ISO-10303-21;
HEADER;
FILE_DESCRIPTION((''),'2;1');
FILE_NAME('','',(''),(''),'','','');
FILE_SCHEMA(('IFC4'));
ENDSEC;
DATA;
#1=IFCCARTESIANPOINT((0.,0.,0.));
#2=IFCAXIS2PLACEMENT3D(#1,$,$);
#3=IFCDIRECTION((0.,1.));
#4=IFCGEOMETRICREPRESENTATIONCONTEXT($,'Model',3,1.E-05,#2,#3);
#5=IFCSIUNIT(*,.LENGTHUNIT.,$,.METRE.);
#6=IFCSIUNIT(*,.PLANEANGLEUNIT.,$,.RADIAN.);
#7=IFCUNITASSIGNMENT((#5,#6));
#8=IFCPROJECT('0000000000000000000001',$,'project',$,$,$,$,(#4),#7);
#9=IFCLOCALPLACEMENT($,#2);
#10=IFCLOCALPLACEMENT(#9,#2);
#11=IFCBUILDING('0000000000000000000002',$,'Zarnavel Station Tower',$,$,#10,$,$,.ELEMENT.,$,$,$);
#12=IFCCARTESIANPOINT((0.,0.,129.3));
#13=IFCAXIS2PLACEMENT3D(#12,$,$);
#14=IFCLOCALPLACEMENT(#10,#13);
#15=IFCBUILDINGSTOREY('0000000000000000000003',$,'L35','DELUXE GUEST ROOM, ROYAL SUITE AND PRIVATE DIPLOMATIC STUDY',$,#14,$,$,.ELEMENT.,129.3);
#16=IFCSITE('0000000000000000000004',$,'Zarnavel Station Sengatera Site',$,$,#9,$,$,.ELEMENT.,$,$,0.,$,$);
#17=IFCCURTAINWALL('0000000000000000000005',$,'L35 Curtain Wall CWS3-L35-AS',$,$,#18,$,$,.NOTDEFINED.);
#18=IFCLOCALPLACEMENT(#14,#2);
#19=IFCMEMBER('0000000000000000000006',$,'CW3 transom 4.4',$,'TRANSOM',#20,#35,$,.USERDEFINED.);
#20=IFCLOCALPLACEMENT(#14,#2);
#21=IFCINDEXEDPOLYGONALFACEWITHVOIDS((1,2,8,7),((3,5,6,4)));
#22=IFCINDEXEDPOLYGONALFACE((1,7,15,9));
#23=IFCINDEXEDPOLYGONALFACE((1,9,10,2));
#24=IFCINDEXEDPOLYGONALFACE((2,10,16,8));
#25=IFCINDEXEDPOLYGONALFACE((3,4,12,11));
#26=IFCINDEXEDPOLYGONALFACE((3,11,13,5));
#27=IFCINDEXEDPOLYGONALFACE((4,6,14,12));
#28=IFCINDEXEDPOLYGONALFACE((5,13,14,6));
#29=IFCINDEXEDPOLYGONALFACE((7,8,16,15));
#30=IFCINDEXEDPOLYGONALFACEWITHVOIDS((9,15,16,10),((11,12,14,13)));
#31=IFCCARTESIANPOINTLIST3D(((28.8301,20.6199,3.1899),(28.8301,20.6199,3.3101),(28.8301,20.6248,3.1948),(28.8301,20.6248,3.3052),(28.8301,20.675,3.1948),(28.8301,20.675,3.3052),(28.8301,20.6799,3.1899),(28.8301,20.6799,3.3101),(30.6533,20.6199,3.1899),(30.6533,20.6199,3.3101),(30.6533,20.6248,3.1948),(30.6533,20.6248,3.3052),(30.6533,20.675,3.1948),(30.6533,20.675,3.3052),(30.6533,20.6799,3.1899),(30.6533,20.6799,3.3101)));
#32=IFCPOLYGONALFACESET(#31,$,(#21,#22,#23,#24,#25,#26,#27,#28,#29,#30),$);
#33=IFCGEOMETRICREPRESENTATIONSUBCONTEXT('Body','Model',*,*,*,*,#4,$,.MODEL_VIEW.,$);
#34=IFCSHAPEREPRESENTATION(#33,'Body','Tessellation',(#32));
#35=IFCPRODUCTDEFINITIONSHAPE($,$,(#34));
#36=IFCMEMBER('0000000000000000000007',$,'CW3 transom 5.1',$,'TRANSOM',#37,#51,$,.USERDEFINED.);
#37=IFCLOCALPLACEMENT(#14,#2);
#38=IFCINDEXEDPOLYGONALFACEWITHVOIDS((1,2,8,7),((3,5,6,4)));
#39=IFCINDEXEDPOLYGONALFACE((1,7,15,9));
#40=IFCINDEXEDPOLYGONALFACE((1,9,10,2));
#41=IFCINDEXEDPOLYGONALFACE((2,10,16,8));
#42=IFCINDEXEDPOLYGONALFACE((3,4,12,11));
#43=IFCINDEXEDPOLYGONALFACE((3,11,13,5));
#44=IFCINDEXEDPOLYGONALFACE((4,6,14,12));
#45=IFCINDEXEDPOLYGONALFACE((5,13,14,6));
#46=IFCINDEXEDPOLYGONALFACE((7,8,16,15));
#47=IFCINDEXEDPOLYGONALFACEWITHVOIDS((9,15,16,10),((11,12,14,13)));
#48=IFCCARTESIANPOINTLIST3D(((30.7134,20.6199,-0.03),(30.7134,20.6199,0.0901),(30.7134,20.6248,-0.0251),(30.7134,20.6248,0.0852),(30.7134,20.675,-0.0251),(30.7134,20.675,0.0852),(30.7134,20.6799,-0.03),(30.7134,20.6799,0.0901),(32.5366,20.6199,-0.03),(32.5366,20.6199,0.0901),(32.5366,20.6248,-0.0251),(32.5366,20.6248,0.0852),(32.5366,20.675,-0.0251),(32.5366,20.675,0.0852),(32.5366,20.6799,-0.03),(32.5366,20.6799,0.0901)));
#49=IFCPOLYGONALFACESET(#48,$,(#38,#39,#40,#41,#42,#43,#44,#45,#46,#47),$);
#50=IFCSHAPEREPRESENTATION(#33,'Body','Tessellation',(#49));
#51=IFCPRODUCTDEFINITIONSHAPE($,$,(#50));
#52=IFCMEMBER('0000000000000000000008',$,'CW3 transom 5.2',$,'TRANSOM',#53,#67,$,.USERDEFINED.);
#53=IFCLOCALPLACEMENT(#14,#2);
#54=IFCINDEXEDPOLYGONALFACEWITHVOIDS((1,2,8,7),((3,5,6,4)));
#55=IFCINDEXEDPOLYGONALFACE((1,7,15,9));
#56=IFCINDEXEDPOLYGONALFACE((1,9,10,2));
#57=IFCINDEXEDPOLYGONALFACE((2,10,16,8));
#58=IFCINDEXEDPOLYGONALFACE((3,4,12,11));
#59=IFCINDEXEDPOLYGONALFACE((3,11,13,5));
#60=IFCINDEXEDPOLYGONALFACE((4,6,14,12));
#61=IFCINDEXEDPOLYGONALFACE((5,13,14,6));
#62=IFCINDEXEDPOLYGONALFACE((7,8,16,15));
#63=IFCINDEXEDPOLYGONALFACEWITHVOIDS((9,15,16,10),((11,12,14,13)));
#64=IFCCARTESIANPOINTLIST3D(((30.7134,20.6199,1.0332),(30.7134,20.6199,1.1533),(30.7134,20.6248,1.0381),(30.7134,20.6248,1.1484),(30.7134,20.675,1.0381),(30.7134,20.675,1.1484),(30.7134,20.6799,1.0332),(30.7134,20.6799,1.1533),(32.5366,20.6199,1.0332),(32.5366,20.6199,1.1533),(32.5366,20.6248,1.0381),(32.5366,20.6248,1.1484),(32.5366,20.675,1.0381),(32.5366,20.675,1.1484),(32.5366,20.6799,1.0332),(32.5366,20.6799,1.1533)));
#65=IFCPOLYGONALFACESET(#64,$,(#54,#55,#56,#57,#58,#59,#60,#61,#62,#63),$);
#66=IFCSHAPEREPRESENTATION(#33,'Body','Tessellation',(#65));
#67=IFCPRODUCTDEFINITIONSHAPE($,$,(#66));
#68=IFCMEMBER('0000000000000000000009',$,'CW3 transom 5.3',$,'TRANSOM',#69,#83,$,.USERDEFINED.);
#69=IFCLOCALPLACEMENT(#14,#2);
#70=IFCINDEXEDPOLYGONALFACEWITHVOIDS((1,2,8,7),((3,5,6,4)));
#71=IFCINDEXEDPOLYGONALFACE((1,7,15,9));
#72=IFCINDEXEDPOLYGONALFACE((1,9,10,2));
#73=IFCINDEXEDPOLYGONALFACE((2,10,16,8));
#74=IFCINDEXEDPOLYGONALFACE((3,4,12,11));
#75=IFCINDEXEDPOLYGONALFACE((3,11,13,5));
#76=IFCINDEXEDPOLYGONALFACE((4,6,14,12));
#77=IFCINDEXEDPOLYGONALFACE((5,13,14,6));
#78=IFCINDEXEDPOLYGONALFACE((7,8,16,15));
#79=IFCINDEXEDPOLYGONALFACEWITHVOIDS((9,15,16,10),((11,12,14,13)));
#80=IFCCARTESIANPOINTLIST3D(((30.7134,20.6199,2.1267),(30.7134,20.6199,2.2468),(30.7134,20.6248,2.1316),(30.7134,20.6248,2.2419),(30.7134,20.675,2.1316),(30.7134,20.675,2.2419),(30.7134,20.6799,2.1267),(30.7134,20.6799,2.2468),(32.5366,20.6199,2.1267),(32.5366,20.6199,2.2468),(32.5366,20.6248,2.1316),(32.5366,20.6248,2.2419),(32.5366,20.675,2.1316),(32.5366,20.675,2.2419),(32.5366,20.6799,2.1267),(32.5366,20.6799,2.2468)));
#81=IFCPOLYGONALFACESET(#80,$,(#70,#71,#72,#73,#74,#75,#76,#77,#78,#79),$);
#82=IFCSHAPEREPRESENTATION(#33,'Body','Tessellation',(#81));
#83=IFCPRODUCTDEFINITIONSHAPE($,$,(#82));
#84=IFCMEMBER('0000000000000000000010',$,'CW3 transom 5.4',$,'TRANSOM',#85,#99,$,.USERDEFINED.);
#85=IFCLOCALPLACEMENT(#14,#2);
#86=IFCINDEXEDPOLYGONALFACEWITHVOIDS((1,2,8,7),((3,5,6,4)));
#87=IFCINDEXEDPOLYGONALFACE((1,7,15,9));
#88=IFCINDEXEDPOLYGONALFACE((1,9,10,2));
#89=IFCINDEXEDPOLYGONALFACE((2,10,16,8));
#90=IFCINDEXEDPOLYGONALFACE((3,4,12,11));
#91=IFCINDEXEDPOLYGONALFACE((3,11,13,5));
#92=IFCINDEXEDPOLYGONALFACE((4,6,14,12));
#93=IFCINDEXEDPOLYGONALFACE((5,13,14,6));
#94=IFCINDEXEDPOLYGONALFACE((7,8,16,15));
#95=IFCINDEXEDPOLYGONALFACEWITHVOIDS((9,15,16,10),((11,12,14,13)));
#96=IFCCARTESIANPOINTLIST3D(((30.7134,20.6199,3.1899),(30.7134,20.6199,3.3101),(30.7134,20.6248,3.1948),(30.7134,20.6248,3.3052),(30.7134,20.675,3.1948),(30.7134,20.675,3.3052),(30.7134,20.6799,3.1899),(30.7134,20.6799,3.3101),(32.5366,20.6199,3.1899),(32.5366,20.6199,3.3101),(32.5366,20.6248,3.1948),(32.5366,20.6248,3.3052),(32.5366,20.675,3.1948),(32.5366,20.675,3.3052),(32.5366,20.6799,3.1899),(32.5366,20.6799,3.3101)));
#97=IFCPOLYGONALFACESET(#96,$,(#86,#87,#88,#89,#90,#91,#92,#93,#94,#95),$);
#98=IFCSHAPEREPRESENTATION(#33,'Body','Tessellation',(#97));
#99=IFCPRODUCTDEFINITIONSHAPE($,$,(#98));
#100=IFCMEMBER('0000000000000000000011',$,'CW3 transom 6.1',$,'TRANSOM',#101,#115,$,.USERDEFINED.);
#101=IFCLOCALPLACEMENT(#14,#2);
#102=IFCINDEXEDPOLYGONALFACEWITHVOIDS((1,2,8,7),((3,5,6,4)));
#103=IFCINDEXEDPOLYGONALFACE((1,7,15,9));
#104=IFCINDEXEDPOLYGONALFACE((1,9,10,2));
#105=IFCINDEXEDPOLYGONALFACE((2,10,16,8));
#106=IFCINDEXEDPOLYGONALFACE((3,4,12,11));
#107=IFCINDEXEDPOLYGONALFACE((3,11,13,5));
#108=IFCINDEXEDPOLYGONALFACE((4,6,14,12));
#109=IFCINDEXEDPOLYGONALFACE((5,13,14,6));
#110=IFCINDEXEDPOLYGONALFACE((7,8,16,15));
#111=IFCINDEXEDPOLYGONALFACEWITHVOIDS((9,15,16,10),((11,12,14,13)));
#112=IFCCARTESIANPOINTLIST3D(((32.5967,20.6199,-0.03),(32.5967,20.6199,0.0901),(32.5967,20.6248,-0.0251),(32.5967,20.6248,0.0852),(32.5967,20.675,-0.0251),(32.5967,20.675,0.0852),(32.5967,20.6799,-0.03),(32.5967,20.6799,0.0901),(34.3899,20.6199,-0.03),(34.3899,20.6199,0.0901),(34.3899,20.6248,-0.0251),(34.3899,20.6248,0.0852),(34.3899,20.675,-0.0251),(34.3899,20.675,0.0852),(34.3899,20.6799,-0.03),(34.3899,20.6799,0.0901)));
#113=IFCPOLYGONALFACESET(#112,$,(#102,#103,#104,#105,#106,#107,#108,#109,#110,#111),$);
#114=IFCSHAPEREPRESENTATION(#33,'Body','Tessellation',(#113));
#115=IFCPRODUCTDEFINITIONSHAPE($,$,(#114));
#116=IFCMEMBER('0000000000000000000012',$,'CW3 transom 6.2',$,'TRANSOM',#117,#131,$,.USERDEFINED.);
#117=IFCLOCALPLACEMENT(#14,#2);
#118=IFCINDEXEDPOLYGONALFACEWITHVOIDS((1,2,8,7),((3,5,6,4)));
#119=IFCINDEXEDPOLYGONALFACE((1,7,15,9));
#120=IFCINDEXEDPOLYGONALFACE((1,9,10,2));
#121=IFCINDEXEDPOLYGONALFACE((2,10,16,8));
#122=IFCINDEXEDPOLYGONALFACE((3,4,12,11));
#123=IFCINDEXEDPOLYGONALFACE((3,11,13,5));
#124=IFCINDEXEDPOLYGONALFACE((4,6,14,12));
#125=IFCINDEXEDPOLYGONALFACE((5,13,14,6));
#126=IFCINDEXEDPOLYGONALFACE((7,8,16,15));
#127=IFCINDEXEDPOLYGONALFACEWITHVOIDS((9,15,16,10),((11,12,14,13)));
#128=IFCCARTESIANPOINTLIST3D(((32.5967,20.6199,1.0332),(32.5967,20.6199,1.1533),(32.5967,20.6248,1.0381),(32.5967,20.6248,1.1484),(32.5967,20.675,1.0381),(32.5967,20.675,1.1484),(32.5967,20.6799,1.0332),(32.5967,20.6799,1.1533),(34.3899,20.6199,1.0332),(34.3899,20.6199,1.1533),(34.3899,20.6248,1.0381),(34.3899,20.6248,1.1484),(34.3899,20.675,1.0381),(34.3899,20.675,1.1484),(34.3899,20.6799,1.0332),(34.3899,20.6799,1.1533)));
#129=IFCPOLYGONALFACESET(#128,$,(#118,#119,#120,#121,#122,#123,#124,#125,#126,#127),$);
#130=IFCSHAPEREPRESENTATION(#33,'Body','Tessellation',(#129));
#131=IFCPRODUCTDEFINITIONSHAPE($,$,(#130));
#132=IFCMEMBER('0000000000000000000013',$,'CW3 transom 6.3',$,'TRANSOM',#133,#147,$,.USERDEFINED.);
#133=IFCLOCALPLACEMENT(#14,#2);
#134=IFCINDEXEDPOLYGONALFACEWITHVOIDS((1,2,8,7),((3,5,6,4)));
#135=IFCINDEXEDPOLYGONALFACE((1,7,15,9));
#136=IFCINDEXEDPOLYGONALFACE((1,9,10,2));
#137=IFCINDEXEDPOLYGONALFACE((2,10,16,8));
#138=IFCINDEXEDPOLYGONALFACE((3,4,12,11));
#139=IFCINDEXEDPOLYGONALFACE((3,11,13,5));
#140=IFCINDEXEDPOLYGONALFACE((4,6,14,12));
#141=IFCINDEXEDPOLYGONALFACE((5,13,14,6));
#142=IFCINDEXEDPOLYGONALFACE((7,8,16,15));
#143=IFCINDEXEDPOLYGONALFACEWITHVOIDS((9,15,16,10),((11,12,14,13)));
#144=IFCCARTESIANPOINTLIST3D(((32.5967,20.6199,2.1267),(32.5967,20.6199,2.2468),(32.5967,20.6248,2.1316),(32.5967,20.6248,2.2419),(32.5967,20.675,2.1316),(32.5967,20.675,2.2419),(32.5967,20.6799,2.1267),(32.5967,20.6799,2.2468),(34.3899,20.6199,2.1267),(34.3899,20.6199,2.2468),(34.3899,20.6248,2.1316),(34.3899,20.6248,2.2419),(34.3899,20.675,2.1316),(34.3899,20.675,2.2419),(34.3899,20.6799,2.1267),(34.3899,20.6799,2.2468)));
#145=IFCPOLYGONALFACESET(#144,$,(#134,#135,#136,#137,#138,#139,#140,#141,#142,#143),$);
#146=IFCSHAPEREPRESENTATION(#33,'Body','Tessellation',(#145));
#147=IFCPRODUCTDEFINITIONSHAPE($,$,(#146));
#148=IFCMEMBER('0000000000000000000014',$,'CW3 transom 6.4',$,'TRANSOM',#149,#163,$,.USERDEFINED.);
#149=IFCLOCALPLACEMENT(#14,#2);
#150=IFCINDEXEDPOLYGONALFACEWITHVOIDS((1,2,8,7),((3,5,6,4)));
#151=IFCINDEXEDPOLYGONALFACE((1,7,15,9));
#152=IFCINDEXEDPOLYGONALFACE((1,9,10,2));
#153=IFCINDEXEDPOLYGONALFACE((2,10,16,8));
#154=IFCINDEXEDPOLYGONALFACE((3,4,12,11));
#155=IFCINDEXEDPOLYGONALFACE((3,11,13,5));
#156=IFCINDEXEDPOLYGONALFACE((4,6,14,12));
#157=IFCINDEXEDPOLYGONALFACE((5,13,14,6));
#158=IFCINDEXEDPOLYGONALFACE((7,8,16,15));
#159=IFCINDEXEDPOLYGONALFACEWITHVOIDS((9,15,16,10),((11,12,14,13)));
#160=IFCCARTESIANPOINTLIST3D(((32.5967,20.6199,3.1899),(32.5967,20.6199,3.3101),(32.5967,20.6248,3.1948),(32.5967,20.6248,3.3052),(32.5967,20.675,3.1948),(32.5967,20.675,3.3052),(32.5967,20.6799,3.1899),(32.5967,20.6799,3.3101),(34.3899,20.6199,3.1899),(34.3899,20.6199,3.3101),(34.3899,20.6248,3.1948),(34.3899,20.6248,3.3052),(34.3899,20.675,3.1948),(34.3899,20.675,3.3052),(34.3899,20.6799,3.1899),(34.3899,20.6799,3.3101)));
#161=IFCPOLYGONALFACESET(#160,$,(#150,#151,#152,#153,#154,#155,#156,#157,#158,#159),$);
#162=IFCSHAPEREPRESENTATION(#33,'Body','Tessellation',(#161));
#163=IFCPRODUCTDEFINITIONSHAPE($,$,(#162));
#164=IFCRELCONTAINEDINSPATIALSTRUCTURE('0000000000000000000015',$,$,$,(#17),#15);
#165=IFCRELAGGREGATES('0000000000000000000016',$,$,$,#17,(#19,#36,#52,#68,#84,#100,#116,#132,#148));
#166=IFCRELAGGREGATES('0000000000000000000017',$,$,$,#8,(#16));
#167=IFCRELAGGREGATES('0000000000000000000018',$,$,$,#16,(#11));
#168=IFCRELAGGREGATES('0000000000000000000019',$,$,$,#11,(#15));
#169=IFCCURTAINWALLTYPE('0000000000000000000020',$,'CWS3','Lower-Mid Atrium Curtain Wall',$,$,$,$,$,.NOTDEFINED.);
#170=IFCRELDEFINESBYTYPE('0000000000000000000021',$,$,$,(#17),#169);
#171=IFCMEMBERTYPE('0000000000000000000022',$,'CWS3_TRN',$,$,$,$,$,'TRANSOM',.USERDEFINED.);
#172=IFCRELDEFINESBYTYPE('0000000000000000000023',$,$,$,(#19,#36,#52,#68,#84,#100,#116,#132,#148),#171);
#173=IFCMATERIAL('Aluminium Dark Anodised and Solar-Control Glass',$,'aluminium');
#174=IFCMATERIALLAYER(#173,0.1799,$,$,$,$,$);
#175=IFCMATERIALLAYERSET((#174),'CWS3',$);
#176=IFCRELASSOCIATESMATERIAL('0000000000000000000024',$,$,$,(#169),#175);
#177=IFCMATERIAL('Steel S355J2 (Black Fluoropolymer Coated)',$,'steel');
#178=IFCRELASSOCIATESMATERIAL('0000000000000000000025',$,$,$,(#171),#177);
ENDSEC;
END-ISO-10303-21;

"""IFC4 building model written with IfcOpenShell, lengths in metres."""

from ifc_helpers import new_model, si_unit, direction, frame, origin, origin_2d, place, context, subcontext, project, spatial, hollow_rectangle, extrude, material, layer, layer_set, material_profile, profile_set, type_object, element, aggregate, save


model = new_model("IFC4")

# Units and contexts
model_context = context("Model", 3, precision=1e-05, world=origin(), true_north=direction((0.0, 1.0)))
body_context = subcontext(model_context, "Body", "Model", "MODEL_VIEW")
ifc_project = project(units=[si_unit("LENGTHUNIT", "METRE"), si_unit("PLANEANGLEUNIT", "RADIAN")], contexts=[model_context])

# Site, building, storey
site_placement = place(None, origin())
site = spatial("IfcSite", under=ifc_project, at=site_placement, Name="Zarnavel Station Sengatera Site", CompositionType="ELEMENT", RefElevation=0.0)
building_placement = place(site_placement, origin())
building = spatial("IfcBuilding", under=site, at=building_placement, Name="Zarnavel Station Tower", CompositionType="ELEMENT")
storey_placement = place(building_placement, frame((0.0, 0.0, 129.3)))
storey = spatial("IfcBuildingStorey", under=building, at=storey_placement, Name="L35", Description="DELUXE GUEST ROOM, ROYAL SUITE AND PRIVATE DIPLOMATIC STUDY", CompositionType="ELEMENT", Elevation=129.3)

# Curtain wall, members
ifc_material_1 = material(Name="Aluminium Dark Anodised and Solar-Control Glass", Category="aluminium")
ifc_layer_1 = layer(ifc_material_1, 0.1799)
ifc_layer_set_1 = layer_set([ifc_layer_1], Name="CWS3")
curtain_wall_type = type_object("IfcCurtainWallType", Name="CWS3", Description="Lower-Mid Atrium Curtain Wall", PredefinedType="NOTDEFINED", material=ifc_layer_set_1)
curtain_wall_placement = place(storey_placement, origin())
curtain_wall = element("IfcCurtainWall", 1, at=curtain_wall_placement, inside=storey, type_object=curtain_wall_type, Name="L35 Curtain Wall CWS3-L35-AS", PredefinedType="NOTDEFINED")
ifc_material_2 = material(Name="Steel S355J2 (Black Fluoropolymer Coated)", Category="steel")
ifc_material_profile_1 = material_profile(ifc_material_2, hollow_rectangle(XDim=0.0601, YDim=0.1201, WallThickness=0.0049, at=origin_2d()), Name="RHS120x60x5")
ifc_profile_set_1 = profile_set([ifc_material_profile_1], Name="Steel S355J2 (Black Fluoropolymer Coated)")
member_type_1 = type_object("IfcMemberType", Name="CWS3_TRN", ElementType="TRANSOM", PredefinedType="USERDEFINED", material=ifc_profile_set_1)
member_1_placement = place(storey_placement, frame((28.8301, 20.6499, 3.25), z_axis=(1.0, 0.0, 0.0), x_axis=(0.0, 1.0, 0.0)))
member_1 = element("IfcMember", 2, at=member_1_placement, type_object=member_type_1, Name="CW3 transom 4.4", ObjectType="TRANSOM", PredefinedType="USERDEFINED", context=body_context, shape_type="SweptSolid", body=[
    extrude(hollow_rectangle(XDim=0.0601, YDim=0.1201, WallThickness=0.0049, at=origin_2d()), origin(), (0.0, 0.0, 1.0), 1.8232),
])
member_2_placement = place(storey_placement, frame((30.7134, 20.6499, 0.03), z_axis=(1.0, 0.0, 0.0), x_axis=(0.0, 1.0, 0.0)))
member_2 = element("IfcMember", 3, at=member_2_placement, type_object=member_type_1, Name="CW3 transom 5.1", ObjectType="TRANSOM", PredefinedType="USERDEFINED", context=body_context, shape_type="SweptSolid", body=[
    extrude(hollow_rectangle(XDim=0.0601, YDim=0.1201, WallThickness=0.0049, at=origin_2d()), origin(), (0.0, 0.0, 1.0), 1.8232),
])
member_3_placement = place(storey_placement, frame((30.7134, 20.6499, 1.0933), z_axis=(1.0, 0.0, 0.0), x_axis=(0.0, 1.0, 0.0)))
member_3 = element("IfcMember", 4, at=member_3_placement, type_object=member_type_1, Name="CW3 transom 5.2", ObjectType="TRANSOM", PredefinedType="USERDEFINED", context=body_context, shape_type="SweptSolid", body=[
    extrude(hollow_rectangle(XDim=0.0601, YDim=0.1201, WallThickness=0.0049, at=origin_2d()), origin(), (0.0, 0.0, 1.0), 1.8232),
])
member_4_placement = place(storey_placement, frame((30.7134, 20.6499, 2.1868), z_axis=(1.0, 0.0, 0.0), x_axis=(0.0, 1.0, 0.0)))
member_4 = element("IfcMember", 5, at=member_4_placement, type_object=member_type_1, Name="CW3 transom 5.3", ObjectType="TRANSOM", PredefinedType="USERDEFINED", context=body_context, shape_type="SweptSolid", body=[
    extrude(hollow_rectangle(XDim=0.0601, YDim=0.1201, WallThickness=0.0049, at=origin_2d()), origin(), (0.0, 0.0, 1.0), 1.8232),
])
member_5_placement = place(storey_placement, frame((30.7134, 20.6499, 3.25), z_axis=(1.0, 0.0, 0.0), x_axis=(0.0, 1.0, 0.0)))
member_5 = element("IfcMember", 6, at=member_5_placement, type_object=member_type_1, Name="CW3 transom 5.4", ObjectType="TRANSOM", PredefinedType="USERDEFINED", context=body_context, shape_type="SweptSolid", body=[
    extrude(hollow_rectangle(XDim=0.0601, YDim=0.1201, WallThickness=0.0049, at=origin_2d()), origin(), (0.0, 0.0, 1.0), 1.8232),
])
member_6_placement = place(storey_placement, frame((32.5967, 20.6499, 0.03), z_axis=(1.0, 0.0, 0.0), x_axis=(0.0, 1.0, 0.0)))
member_6 = element("IfcMember", 7, at=member_6_placement, type_object=member_type_1, Name="CW3 transom 6.1", ObjectType="TRANSOM", PredefinedType="USERDEFINED", context=body_context, shape_type="SweptSolid", body=[
    extrude(hollow_rectangle(XDim=0.0601, YDim=0.1201, WallThickness=0.0049, at=origin_2d()), origin(), (0.0, 0.0, 1.0), 1.7932),
])
member_7_placement = place(storey_placement, frame((32.5967, 20.6499, 1.0933), z_axis=(1.0, 0.0, 0.0), x_axis=(0.0, 1.0, 0.0)))
member_7 = element("IfcMember", 8, at=member_7_placement, type_object=member_type_1, Name="CW3 transom 6.2", ObjectType="TRANSOM", PredefinedType="USERDEFINED", context=body_context, shape_type="SweptSolid", body=[
    extrude(hollow_rectangle(XDim=0.0601, YDim=0.1201, WallThickness=0.0049, at=origin_2d()), origin(), (0.0, 0.0, 1.0), 1.7932),
])
member_8_placement = place(storey_placement, frame((32.5967, 20.6499, 2.1868), z_axis=(1.0, 0.0, 0.0), x_axis=(0.0, 1.0, 0.0)))
member_8 = element("IfcMember", 9, at=member_8_placement, type_object=member_type_1, Name="CW3 transom 6.3", ObjectType="TRANSOM", PredefinedType="USERDEFINED", context=body_context, shape_type="SweptSolid", body=[
    extrude(hollow_rectangle(XDim=0.0601, YDim=0.1201, WallThickness=0.0049, at=origin_2d()), origin(), (0.0, 0.0, 1.0), 1.7932),
])
member_9_placement = place(storey_placement, frame((32.5967, 20.6499, 3.25), z_axis=(1.0, 0.0, 0.0), x_axis=(0.0, 1.0, 0.0)))
member_9 = element("IfcMember", 10, at=member_9_placement, type_object=member_type_1, Name="CW3 transom 6.4", ObjectType="TRANSOM", PredefinedType="USERDEFINED", context=body_context, shape_type="SweptSolid", body=[
    extrude(hollow_rectangle(XDim=0.0601, YDim=0.1201, WallThickness=0.0049, at=origin_2d()), origin(), (0.0, 0.0, 1.0), 1.7932),
])

aggregate(curtain_wall, [member_1, member_2, member_3, member_4, member_5, member_6, member_7, member_8, member_9])

save(model, "model.ifc")
